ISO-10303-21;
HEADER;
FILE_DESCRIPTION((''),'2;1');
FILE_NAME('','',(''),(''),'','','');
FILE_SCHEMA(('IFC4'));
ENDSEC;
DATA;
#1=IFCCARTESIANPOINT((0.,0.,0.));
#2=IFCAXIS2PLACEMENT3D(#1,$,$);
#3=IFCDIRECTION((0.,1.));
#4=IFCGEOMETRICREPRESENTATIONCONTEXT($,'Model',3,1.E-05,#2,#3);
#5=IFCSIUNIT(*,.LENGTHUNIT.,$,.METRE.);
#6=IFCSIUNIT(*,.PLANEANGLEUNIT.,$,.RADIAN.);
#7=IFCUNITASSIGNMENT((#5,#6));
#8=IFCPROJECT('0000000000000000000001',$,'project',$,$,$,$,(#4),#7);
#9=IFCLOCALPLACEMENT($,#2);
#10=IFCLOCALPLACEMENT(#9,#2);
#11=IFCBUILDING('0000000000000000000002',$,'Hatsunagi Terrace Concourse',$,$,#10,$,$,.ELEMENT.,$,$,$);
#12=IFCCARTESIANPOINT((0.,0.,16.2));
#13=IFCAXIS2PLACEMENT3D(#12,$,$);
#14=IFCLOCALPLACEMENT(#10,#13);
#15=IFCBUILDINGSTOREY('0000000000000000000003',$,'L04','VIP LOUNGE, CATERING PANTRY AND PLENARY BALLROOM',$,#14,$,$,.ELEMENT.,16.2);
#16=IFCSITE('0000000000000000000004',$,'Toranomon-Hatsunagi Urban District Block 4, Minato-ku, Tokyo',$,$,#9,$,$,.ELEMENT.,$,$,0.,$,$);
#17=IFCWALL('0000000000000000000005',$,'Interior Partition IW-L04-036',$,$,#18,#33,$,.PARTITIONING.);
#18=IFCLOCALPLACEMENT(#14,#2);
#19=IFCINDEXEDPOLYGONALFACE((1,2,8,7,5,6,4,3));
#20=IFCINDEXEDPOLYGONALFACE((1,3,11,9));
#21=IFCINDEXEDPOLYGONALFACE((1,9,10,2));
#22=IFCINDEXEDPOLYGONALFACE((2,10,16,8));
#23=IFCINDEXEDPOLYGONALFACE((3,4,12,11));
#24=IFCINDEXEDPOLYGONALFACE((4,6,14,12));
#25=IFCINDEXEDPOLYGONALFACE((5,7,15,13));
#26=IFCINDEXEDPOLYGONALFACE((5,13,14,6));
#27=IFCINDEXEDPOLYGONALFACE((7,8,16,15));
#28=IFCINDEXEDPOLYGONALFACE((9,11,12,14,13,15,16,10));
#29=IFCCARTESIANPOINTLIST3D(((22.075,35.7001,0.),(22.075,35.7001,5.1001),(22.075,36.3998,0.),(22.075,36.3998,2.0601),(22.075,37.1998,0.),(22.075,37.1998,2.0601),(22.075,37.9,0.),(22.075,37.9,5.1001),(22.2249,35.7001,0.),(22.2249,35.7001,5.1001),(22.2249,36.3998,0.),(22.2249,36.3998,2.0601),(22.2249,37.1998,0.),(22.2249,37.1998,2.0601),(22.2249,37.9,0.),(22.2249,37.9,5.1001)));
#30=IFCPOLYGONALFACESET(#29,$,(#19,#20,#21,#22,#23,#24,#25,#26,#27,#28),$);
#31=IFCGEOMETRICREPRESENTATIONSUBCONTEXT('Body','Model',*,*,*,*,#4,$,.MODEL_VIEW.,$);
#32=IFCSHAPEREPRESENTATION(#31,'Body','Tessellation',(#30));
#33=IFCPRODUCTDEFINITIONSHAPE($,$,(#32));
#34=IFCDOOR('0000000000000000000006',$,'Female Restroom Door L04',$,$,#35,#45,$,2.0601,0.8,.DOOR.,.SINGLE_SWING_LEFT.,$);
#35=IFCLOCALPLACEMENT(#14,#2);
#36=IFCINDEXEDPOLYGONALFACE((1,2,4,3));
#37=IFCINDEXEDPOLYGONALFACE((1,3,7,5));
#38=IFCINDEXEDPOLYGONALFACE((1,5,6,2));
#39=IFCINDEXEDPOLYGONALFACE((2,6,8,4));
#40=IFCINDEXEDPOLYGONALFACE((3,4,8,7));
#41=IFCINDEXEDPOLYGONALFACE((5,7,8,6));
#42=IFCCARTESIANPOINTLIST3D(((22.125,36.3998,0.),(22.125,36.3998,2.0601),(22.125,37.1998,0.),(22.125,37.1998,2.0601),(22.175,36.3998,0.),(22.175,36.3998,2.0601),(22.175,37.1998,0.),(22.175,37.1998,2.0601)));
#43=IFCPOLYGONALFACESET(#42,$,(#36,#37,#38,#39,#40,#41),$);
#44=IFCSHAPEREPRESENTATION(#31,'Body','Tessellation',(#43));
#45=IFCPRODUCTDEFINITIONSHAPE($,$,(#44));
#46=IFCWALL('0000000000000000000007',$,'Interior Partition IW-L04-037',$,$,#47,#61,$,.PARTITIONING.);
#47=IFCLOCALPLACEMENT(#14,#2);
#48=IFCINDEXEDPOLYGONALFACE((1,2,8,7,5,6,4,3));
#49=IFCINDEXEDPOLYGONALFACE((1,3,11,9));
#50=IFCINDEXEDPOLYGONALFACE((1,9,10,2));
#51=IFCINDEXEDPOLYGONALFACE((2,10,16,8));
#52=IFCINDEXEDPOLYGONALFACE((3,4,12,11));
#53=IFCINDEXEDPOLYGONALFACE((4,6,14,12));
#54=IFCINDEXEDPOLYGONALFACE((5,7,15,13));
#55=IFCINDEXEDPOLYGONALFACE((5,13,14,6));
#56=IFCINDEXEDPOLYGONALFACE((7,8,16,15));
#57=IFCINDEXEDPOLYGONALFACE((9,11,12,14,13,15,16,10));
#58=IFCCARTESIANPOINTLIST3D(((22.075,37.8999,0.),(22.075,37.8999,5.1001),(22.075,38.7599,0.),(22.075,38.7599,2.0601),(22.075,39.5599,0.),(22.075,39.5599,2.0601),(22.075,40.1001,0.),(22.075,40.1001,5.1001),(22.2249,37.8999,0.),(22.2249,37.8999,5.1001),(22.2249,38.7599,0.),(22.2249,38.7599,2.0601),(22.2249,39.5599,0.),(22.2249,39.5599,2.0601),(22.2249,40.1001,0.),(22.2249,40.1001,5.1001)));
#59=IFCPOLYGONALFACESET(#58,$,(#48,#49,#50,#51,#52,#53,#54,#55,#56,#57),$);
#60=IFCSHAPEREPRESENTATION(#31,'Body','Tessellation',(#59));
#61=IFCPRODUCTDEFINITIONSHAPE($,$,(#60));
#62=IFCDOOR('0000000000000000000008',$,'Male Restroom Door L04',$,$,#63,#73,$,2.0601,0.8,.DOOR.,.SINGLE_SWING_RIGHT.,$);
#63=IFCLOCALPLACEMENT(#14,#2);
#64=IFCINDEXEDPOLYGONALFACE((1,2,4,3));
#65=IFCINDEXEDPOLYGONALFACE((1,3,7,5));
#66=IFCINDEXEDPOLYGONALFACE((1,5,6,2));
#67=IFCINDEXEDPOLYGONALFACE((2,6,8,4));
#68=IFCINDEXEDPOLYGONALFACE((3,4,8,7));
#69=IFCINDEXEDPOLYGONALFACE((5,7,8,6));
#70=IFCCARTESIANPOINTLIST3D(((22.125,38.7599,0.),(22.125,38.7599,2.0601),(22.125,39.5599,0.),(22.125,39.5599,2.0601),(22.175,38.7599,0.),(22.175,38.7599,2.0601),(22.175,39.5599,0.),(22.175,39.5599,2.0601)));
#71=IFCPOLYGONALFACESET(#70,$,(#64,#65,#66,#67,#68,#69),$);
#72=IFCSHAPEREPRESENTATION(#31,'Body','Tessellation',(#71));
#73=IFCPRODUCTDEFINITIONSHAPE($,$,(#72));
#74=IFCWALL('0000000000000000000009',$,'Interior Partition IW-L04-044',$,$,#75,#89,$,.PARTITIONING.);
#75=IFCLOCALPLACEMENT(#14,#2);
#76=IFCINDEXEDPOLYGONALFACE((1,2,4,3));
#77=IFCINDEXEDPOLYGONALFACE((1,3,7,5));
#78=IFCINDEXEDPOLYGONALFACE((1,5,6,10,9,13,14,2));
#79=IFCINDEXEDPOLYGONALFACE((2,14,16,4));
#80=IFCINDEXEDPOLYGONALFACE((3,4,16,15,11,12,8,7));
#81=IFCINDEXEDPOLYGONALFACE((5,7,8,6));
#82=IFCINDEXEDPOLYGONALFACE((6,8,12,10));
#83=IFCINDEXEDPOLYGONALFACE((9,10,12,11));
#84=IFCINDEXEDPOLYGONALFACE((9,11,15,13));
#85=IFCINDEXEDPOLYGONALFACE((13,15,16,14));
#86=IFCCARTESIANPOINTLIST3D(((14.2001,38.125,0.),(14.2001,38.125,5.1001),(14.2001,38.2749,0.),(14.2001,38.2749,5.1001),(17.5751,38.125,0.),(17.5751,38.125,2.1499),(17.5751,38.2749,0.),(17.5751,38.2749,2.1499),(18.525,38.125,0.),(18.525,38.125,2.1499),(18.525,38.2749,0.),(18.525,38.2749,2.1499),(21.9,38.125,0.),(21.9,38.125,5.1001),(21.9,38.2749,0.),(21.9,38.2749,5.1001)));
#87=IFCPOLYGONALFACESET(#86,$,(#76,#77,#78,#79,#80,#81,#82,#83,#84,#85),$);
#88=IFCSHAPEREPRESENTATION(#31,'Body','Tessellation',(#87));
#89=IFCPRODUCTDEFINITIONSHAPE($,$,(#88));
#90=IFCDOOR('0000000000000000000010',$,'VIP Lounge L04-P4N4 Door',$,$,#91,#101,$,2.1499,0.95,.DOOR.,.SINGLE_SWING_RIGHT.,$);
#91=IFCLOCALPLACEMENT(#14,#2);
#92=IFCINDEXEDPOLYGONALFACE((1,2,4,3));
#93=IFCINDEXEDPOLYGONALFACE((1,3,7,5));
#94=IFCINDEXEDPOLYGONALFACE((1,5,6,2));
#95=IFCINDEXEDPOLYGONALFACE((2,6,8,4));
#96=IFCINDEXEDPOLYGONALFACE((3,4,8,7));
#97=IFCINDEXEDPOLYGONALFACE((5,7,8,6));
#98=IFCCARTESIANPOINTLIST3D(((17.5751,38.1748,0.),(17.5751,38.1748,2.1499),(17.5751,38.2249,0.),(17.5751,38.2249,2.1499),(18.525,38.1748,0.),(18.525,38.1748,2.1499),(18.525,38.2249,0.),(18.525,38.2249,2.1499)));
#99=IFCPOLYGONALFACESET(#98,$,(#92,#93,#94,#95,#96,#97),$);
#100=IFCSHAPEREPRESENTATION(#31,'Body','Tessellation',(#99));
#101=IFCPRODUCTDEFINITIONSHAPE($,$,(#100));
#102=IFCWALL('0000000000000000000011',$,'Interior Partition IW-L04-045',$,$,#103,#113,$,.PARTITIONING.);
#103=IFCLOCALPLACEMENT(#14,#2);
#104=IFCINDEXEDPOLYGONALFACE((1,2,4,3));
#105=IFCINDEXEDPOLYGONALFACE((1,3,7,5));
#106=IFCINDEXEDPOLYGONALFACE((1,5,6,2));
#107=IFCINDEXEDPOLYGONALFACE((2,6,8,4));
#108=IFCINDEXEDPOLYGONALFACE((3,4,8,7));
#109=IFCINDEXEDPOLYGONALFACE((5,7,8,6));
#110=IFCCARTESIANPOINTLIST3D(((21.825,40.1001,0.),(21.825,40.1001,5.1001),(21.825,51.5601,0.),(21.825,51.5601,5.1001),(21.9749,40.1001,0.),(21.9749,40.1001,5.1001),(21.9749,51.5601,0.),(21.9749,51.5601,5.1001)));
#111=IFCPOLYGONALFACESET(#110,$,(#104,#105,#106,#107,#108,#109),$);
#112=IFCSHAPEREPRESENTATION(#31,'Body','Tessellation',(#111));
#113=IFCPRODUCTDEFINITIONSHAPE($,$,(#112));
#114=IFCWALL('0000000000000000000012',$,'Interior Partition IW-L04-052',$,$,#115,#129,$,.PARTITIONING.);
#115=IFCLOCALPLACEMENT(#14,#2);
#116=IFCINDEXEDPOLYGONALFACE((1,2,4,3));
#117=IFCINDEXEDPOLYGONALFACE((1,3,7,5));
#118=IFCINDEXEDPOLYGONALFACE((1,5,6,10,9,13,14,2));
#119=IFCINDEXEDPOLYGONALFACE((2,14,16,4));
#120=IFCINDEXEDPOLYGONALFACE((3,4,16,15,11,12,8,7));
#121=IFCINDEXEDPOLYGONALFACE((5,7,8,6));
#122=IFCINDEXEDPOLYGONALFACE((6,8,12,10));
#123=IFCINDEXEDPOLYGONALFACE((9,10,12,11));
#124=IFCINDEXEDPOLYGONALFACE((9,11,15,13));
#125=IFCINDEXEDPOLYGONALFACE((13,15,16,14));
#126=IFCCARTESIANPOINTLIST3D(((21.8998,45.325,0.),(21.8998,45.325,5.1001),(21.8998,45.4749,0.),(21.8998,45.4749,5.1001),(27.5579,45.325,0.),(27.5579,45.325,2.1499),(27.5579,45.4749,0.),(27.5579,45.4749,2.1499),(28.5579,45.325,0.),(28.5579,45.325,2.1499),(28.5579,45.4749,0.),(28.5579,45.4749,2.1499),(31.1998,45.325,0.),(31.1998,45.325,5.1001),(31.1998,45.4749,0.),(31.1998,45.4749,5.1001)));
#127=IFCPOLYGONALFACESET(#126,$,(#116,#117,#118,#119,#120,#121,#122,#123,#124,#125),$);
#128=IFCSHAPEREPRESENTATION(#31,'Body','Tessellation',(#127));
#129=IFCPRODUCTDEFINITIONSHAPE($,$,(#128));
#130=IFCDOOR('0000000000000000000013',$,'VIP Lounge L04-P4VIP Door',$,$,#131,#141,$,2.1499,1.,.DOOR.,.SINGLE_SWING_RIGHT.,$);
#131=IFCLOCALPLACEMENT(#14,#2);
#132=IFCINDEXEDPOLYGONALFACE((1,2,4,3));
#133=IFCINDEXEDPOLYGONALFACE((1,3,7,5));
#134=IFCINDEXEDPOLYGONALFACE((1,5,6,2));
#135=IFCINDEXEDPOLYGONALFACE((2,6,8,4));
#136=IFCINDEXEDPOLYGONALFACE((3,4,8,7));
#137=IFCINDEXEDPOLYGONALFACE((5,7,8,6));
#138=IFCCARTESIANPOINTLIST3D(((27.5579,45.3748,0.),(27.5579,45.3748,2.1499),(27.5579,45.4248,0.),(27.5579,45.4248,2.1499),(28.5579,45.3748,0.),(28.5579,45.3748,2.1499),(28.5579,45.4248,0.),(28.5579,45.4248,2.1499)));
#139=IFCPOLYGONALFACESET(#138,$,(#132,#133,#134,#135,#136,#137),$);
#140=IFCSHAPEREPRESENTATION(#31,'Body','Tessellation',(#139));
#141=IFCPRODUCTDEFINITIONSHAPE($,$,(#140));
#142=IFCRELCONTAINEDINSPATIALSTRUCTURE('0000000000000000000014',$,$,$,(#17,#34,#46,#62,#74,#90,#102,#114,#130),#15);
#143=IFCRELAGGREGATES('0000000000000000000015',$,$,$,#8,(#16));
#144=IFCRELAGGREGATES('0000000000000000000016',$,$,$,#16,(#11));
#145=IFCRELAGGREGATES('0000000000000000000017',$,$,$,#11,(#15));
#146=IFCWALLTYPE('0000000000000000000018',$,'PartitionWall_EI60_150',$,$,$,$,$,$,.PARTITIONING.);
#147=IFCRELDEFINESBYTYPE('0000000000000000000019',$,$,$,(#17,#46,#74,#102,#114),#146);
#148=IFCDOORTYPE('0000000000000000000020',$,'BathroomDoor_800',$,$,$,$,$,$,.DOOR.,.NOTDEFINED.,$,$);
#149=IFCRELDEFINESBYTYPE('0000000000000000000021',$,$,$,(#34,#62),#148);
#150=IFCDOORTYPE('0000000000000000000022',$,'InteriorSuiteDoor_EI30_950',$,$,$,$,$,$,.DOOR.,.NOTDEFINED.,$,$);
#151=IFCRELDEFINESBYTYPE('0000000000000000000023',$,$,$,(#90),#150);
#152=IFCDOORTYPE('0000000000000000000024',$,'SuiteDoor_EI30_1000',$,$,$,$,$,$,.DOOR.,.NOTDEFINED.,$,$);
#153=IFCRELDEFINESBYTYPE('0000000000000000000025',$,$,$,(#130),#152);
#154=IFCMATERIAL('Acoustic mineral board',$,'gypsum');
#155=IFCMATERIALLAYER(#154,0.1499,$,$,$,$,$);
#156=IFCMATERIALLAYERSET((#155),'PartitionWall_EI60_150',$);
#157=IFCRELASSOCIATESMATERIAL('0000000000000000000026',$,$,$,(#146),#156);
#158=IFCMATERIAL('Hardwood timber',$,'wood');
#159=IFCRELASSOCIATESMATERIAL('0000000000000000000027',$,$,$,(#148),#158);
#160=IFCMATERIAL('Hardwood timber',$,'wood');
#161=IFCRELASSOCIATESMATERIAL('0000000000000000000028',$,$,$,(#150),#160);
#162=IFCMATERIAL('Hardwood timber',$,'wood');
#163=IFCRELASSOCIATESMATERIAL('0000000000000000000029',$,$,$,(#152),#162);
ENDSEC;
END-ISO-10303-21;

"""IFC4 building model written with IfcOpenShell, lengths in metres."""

from ifc_helpers import new_model, si_unit, direction, frame, frame_2d, origin, place, context, subcontext, project, spatial, rectangle, extrude, material, layer, layer_set, type_object, element, fill, save


model = new_model("IFC4")

# Units and contexts
model_context = context("Model", 3, precision=1e-05, world=origin(), true_north=direction((0.0, 1.0)))
body_context = subcontext(model_context, "Body", "Model", "MODEL_VIEW")
ifc_project = project(units=[si_unit("LENGTHUNIT", "METRE"), si_unit("PLANEANGLEUNIT", "RADIAN")], contexts=[model_context])

# Site, building, storey
site_placement = place(None, origin())
site = spatial("IfcSite", under=ifc_project, at=site_placement, Name="Toranomon-Hatsunagi Urban District Block 4, Minato-ku, Tokyo", CompositionType="ELEMENT", RefElevation=0.0)
building_placement = place(site_placement, origin())
building = spatial("IfcBuilding", under=site, at=building_placement, Name="Hatsunagi Terrace Concourse", CompositionType="ELEMENT")
storey_placement = place(building_placement, frame((0.0, 0.0, 16.2)))
storey = spatial("IfcBuildingStorey", under=building, at=storey_placement, Name="L04", Description="VIP LOUNGE, CATERING PANTRY AND PLENARY BALLROOM", CompositionType="ELEMENT", Elevation=16.2)

# Shared definitions
ifc_material_1 = material(Name="Acoustic mineral board", Category="gypsum")
ifc_layer_1 = layer(ifc_material_1, 0.1499)
ifc_layer_set_1 = layer_set([ifc_layer_1], Name="PartitionWall_EI60_150")
wall_type = type_object("IfcWallType", Name="PartitionWall_EI60_150", PredefinedType="PARTITIONING", material=ifc_layer_set_1)

# Walls, openings, doors
wall_1_placement = place(storey_placement, frame((22.1499, 35.7, 0.0), z_axis=(0.0, 0.0, 1.0), x_axis=(0.0, 1.0, 0.0)))
wall_1 = element("IfcWall", 1, at=wall_1_placement, inside=storey, type_object=wall_type, Name="Interior Partition IW-L04-036", PredefinedType="PARTITIONING", context=body_context, shape_type="SweptSolid", body=[
    extrude(rectangle(XDim=2.2, YDim=0.1499, at=frame_2d((1.1001, 0.0))), origin(), (0.0, 0.0, 1.0), 5.1001),
])
opening_1_placement = place(wall_1_placement, frame((0.7, 0.0, 0.0)))
opening_1 = element("IfcOpeningElement", 2, at=opening_1_placement, cuts=wall_1, PredefinedType="OPENING", context=body_context, shape_type="SweptSolid", body=[
    extrude(rectangle(XDim=0.8, YDim=2.0601, at=frame_2d((0.3999, 1.03))), frame((0.0, 0.085, 0.0), z_axis=(0.0, -1.0, 0.0), x_axis=(1.0, 0.0, 0.0)), (0.0, 0.0, 1.0), 0.1699),
])
ifc_material_2 = material(Name="Hardwood timber", Category="wood")
door_type_1 = type_object("IfcDoorType", Name="BathroomDoor_800", OperationType="NOTDEFINED", PredefinedType="DOOR", material=ifc_material_2)
door_1_placement = place(opening_1_placement, origin())
door_1 = element("IfcDoor", 3, at=door_1_placement, inside=storey, type_object=door_type_1, Name="Female Restroom Door L04", OperationType="SINGLE_SWING_LEFT", OverallHeight=2.0601, OverallWidth=0.8, PredefinedType="DOOR", context=body_context, shape_type="SweptSolid", body=[
    extrude(rectangle(XDim=0.8, YDim=2.0601, at=frame_2d((0.3999, 1.03))), frame((0.0, 0.0249, 0.0), z_axis=(0.0, -1.0, 0.0), x_axis=(1.0, 0.0, 0.0)), (0.0, 0.0, 1.0), 0.05),
])
fill(opening_1, door_1)
wall_2_placement = place(storey_placement, frame((22.1499, 37.8999, 0.0), z_axis=(0.0, 0.0, 1.0), x_axis=(0.0, 1.0, 0.0)))
wall_2 = element("IfcWall", 4, at=wall_2_placement, inside=storey, type_object=wall_type, Name="Interior Partition IW-L04-037", PredefinedType="PARTITIONING", context=body_context, shape_type="SweptSolid", body=[
    extrude(rectangle(XDim=2.2002, YDim=0.1499, at=frame_2d((1.1001, 0.0))), origin(), (0.0, 0.0, 1.0), 5.1001),
])
opening_2_placement = place(wall_2_placement, frame((0.8601, 0.0, 0.0)))
opening_2 = element("IfcOpeningElement", 5, at=opening_2_placement, cuts=wall_2, PredefinedType="OPENING", context=body_context, shape_type="SweptSolid", body=[
    extrude(rectangle(XDim=0.8, YDim=2.0601, at=frame_2d((0.3999, 1.03))), frame((0.0, 0.085, 0.0), z_axis=(0.0, -1.0, 0.0), x_axis=(1.0, 0.0, 0.0)), (0.0, 0.0, 1.0), 0.1699),
])
door_2_placement = place(opening_2_placement, origin())
door_2 = element("IfcDoor", 6, at=door_2_placement, inside=storey, type_object=door_type_1, Name="Male Restroom Door L04", OperationType="SINGLE_SWING_RIGHT", OverallHeight=2.0601, OverallWidth=0.8, PredefinedType="DOOR", context=body_context, shape_type="SweptSolid", body=[
    extrude(rectangle(XDim=0.8, YDim=2.0601, at=frame_2d((0.3999, 1.03))), frame((0.0, 0.0249, 0.0), z_axis=(0.0, -1.0, 0.0), x_axis=(1.0, 0.0, 0.0)), (0.0, 0.0, 1.0), 0.05),
])
fill(opening_2, door_2)
wall_3_placement = place(storey_placement, frame((14.2, 38.2, 0.0), z_axis=(0.0, 0.0, 1.0), x_axis=(1.0, 0.0, 0.0)))
wall_3 = element("IfcWall", 7, at=wall_3_placement, inside=storey, type_object=wall_type, Name="Interior Partition IW-L04-044", PredefinedType="PARTITIONING", context=body_context, shape_type="SweptSolid", body=[
    extrude(rectangle(XDim=7.7, YDim=0.1499, at=frame_2d((3.8501, 0.0))), origin(), (0.0, 0.0, 1.0), 5.1001),
])
opening_3_placement = place(wall_3_placement, frame((3.375, 0.0, 0.0)))
opening_3 = element("IfcOpeningElement", 8, at=opening_3_placement, cuts=wall_3, PredefinedType="OPENING", context=body_context, shape_type="SweptSolid", body=[
    extrude(rectangle(XDim=0.95, YDim=2.1499, at=frame_2d((0.4751, 1.075))), frame((0.0, 0.085, 0.0), z_axis=(0.0, -1.0, 0.0), x_axis=(1.0, 0.0, 0.0)), (0.0, 0.0, 1.0), 0.1699),
])
ifc_material_3 = material(Name="Hardwood timber", Category="wood")
door_type_2 = type_object("IfcDoorType", Name="InteriorSuiteDoor_EI30_950", OperationType="NOTDEFINED", PredefinedType="DOOR", material=ifc_material_3)
door_3_placement = place(opening_3_placement, origin())
door_3 = element("IfcDoor", 9, at=door_3_placement, inside=storey, type_object=door_type_2, Name="VIP Lounge L04-P4N4 Door", OperationType="SINGLE_SWING_RIGHT", OverallHeight=2.1499, OverallWidth=0.95, PredefinedType="DOOR", context=body_context, shape_type="SweptSolid", body=[
    extrude(rectangle(XDim=0.95, YDim=2.1499, at=frame_2d((0.4751, 1.075))), frame((0.0, 0.0249, 0.0), z_axis=(0.0, -1.0, 0.0), x_axis=(1.0, 0.0, 0.0)), (0.0, 0.0, 1.0), 0.05),
])
fill(opening_3, door_3)

# Wall
wall_4_placement = place(storey_placement, frame((21.8999, 40.1001, 0.0), z_axis=(0.0, 0.0, 1.0), x_axis=(0.0, 1.0, 0.0)))
element("IfcWall", 10, at=wall_4_placement, inside=storey, type_object=wall_type, Name="Interior Partition IW-L04-045", PredefinedType="PARTITIONING", context=body_context, shape_type="SweptSolid", body=[
    extrude(rectangle(XDim=11.46, YDim=0.1499, at=frame_2d((5.73, 0.0))), origin(), (0.0, 0.0, 1.0), 5.1001),
])

# Wall, opening, door
wall_5_placement = place(storey_placement, frame((21.8999, 45.3999, 0.0), z_axis=(0.0, 0.0, 1.0), x_axis=(1.0, 0.0, 0.0)))
wall_5 = element("IfcWall", 11, at=wall_5_placement, inside=storey, type_object=wall_type, Name="Interior Partition IW-L04-052", PredefinedType="PARTITIONING", context=body_context, shape_type="SweptSolid", body=[
    extrude(rectangle(XDim=9.3, YDim=0.1499, at=frame_2d((4.6499, 0.0))), origin(), (0.0, 0.0, 1.0), 5.1001),
])
opening_4_placement = place(wall_5_placement, frame((5.658, 0.0, 0.0)))
opening_4 = element("IfcOpeningElement", 12, at=opening_4_placement, cuts=wall_5, PredefinedType="OPENING", context=body_context, shape_type="SweptSolid", body=[
    extrude(rectangle(XDim=1.0, YDim=2.1499, at=frame_2d((0.5, 1.075))), frame((0.0, 0.085, 0.0), z_axis=(0.0, -1.0, 0.0), x_axis=(1.0, 0.0, 0.0)), (0.0, 0.0, 1.0), 0.1699),
])
ifc_material_4 = material(Name="Hardwood timber", Category="wood")
door_type_3 = type_object("IfcDoorType", Name="SuiteDoor_EI30_1000", OperationType="NOTDEFINED", PredefinedType="DOOR", material=ifc_material_4)
door_4_placement = place(opening_4_placement, origin())
door_4 = element("IfcDoor", 13, at=door_4_placement, inside=storey, type_object=door_type_3, Name="VIP Lounge L04-P4VIP Door", OperationType="SINGLE_SWING_RIGHT", OverallHeight=2.1499, OverallWidth=1.0, PredefinedType="DOOR", context=body_context, shape_type="SweptSolid", body=[
    extrude(rectangle(XDim=1.0, YDim=2.1499, at=frame_2d((0.5, 1.075))), frame((0.0, 0.0249, 0.0), z_axis=(0.0, -1.0, 0.0), x_axis=(1.0, 0.0, 0.0)), (0.0, 0.0, 1.0), 0.05),
])
fill(opening_4, door_4)

save(model, "model.ifc")
